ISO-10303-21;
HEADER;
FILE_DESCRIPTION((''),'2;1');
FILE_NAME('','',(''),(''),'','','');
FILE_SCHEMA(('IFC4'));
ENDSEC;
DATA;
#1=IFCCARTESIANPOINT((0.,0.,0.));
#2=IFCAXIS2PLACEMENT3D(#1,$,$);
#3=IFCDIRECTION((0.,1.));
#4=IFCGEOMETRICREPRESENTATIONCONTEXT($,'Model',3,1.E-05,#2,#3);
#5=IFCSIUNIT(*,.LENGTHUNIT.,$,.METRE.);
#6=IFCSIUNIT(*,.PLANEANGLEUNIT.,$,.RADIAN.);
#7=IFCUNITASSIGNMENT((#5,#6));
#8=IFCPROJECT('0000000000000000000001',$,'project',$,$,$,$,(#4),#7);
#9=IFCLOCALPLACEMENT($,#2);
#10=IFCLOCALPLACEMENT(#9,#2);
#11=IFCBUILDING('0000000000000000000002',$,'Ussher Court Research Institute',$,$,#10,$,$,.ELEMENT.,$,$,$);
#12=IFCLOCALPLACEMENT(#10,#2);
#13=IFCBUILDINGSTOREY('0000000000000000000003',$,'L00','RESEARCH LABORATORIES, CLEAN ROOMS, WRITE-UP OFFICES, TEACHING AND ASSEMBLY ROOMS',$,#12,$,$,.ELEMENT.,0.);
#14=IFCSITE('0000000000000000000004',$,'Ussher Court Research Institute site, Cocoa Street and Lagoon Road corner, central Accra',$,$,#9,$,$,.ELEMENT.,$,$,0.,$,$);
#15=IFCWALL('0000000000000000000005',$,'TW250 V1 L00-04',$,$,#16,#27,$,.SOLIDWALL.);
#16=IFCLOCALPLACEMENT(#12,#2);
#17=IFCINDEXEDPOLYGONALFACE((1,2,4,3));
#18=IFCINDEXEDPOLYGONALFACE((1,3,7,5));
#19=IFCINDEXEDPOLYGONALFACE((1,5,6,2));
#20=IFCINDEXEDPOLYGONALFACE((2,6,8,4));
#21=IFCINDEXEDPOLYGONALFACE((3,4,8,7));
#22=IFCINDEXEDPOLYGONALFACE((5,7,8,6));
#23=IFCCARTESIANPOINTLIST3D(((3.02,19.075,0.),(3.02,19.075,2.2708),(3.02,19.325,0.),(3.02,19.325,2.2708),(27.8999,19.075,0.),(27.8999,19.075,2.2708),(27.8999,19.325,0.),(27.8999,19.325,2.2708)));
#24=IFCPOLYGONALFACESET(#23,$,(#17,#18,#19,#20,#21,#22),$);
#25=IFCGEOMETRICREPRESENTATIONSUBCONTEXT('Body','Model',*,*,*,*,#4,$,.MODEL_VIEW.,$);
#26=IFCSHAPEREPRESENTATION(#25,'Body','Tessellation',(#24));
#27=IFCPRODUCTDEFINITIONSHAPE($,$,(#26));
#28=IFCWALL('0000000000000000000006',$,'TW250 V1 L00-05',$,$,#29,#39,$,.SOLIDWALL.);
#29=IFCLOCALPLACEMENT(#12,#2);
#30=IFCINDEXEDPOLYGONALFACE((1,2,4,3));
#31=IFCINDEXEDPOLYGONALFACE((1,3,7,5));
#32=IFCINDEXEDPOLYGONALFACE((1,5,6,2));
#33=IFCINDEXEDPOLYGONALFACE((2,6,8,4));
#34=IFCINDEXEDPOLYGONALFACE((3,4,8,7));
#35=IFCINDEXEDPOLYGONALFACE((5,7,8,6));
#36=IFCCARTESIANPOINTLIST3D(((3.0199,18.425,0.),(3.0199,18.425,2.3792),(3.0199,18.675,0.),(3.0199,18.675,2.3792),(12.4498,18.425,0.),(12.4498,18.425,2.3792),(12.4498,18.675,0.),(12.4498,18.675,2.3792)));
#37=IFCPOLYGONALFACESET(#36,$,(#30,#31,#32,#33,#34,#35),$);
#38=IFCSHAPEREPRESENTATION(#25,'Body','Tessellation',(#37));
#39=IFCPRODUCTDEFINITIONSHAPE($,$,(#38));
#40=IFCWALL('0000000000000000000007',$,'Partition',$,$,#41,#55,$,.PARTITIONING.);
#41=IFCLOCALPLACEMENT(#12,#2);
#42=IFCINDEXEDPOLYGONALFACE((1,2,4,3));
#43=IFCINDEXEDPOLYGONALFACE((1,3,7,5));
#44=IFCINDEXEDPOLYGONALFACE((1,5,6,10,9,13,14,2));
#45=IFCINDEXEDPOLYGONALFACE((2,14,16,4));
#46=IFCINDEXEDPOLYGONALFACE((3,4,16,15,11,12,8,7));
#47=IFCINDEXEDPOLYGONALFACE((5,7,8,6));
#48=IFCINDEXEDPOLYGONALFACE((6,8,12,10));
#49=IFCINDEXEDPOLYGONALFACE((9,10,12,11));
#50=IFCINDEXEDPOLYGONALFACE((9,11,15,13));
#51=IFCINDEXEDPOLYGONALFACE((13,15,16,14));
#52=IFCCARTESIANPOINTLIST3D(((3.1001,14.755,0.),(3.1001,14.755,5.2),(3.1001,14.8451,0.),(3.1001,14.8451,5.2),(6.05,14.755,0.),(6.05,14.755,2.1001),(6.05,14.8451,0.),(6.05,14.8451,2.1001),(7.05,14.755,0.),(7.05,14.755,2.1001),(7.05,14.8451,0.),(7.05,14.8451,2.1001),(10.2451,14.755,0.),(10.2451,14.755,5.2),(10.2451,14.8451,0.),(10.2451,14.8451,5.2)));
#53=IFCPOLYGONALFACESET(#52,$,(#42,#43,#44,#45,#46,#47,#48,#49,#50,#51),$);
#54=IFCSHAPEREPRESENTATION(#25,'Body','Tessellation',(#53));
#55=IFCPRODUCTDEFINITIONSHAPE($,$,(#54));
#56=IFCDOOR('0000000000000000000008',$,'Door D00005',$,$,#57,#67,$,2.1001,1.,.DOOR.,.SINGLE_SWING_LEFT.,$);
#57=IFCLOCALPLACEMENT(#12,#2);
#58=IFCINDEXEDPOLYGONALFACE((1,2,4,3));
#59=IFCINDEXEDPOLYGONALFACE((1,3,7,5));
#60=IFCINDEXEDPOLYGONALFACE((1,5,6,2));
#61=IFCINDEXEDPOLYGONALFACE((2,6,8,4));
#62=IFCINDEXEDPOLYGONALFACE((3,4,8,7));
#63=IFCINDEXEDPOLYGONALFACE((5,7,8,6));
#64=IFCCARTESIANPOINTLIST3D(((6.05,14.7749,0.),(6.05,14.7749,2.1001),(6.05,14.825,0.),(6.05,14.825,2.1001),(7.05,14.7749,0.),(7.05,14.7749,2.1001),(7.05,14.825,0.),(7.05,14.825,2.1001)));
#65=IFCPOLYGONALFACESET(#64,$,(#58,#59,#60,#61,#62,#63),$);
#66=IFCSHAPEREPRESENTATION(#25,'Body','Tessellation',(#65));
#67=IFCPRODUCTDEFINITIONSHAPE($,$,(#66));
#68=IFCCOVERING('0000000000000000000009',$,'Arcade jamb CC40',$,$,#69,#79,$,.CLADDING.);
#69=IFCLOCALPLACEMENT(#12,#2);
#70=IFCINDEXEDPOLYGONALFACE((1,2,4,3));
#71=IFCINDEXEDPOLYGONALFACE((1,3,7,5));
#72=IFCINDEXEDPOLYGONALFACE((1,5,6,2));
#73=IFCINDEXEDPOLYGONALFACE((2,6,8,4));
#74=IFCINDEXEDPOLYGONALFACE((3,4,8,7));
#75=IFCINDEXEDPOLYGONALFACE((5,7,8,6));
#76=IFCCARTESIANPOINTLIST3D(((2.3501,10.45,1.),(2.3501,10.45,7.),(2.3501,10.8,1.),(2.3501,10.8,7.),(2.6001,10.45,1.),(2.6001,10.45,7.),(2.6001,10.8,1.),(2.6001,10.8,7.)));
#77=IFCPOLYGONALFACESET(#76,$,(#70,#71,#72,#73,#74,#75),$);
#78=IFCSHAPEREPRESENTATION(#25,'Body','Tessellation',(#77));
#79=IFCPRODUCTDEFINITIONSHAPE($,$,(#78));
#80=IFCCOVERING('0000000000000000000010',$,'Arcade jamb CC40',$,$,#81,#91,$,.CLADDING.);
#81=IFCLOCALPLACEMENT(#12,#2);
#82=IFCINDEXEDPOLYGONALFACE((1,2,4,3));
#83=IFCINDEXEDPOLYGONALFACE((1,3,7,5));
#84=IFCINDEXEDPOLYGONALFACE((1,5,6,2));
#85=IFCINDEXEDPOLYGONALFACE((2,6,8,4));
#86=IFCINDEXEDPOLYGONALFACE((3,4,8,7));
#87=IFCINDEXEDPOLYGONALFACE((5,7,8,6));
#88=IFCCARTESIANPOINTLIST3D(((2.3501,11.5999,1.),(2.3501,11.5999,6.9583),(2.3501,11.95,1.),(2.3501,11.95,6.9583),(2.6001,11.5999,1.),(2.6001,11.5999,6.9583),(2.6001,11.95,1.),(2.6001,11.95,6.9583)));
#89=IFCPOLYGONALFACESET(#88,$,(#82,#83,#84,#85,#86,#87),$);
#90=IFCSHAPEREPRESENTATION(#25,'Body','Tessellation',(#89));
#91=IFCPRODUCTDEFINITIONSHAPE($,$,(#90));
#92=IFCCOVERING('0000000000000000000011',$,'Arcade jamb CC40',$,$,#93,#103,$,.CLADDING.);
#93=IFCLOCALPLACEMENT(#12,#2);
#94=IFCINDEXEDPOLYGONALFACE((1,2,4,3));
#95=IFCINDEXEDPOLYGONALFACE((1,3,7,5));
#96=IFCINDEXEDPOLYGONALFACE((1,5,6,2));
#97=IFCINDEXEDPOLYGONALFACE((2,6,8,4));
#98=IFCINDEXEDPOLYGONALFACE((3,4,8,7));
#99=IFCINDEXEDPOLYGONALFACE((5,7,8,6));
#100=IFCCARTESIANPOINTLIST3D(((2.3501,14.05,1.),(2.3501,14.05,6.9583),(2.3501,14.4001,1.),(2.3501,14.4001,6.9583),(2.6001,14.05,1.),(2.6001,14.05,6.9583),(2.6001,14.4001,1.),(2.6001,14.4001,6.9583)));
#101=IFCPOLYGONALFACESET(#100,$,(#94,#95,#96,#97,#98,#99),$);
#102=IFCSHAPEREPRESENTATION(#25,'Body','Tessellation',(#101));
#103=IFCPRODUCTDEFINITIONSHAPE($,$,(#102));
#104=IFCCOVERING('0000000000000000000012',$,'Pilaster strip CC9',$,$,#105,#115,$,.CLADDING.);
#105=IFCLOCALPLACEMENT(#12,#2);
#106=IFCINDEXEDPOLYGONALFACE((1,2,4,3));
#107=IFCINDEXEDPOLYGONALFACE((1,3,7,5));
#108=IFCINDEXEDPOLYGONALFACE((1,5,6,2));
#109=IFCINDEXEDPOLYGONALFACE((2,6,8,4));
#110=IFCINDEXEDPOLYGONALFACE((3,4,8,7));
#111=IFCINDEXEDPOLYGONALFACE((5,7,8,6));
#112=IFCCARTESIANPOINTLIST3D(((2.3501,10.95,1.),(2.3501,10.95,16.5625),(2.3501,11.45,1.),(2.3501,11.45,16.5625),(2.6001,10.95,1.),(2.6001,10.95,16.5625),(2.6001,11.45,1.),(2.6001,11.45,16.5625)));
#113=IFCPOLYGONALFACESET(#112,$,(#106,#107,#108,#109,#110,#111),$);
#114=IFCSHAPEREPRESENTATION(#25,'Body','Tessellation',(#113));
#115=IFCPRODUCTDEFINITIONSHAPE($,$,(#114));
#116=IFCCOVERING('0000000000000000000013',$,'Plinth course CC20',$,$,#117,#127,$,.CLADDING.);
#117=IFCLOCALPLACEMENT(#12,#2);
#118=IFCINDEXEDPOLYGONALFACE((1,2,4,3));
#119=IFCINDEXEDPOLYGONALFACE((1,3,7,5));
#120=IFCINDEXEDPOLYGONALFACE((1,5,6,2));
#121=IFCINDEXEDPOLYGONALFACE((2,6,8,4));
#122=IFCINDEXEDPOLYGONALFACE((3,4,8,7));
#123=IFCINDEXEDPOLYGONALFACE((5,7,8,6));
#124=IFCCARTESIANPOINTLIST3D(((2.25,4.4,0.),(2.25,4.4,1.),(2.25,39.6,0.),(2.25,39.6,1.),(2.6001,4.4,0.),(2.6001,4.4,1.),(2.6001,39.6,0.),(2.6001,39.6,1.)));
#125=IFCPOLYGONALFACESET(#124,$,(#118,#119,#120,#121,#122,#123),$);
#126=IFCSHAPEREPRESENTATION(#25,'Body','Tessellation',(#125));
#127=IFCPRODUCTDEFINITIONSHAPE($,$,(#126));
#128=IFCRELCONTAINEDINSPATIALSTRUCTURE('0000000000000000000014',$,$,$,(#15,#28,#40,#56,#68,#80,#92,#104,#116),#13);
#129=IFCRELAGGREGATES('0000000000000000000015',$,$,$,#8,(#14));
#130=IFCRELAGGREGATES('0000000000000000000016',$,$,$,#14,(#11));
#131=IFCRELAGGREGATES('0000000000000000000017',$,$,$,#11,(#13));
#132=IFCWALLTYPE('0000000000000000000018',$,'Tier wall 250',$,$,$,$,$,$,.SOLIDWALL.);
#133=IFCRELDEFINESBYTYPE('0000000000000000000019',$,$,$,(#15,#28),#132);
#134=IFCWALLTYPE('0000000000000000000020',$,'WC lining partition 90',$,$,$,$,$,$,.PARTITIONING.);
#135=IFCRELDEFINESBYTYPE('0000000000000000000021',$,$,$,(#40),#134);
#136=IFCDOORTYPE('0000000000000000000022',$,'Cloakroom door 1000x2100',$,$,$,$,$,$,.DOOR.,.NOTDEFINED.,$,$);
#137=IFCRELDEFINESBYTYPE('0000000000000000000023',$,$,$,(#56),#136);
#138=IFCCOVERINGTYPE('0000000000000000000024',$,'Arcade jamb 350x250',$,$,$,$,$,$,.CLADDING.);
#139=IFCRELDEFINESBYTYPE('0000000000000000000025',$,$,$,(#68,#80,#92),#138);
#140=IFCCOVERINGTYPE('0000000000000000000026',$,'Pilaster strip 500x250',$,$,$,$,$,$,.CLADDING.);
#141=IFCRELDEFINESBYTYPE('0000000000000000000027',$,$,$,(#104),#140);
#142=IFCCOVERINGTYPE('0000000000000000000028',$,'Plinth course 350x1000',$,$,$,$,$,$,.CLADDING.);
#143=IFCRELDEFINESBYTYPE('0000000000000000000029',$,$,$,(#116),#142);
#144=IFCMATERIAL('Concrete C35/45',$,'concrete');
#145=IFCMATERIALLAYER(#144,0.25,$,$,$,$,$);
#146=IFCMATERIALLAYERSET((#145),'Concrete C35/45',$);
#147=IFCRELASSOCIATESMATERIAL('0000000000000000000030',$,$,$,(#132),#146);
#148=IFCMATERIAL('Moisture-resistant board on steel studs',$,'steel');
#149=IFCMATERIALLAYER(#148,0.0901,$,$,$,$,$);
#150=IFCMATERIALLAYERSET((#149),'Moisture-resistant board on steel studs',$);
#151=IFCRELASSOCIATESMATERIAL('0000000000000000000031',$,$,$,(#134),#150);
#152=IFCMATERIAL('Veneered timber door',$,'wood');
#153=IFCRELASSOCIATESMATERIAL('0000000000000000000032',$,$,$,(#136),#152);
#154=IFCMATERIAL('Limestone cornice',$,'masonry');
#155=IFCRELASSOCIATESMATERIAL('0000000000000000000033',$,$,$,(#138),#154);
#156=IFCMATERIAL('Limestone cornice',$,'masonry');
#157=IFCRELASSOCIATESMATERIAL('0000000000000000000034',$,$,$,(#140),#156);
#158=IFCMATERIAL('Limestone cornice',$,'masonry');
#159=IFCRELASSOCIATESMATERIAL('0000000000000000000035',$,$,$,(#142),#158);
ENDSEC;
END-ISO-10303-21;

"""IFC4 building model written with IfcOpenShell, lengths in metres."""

from ifc_helpers import new_model, si_unit, direction, frame, frame_2d, origin, origin_2d, place, context, subcontext, project, spatial, rectangle, extrude, material, layer, layer_set, type_object, element, fill, save


model = new_model("IFC4")

# Units and contexts
model_context = context("Model", 3, precision=1e-05, world=origin(), true_north=direction((0.0, 1.0)))
body_context = subcontext(model_context, "Body", "Model", "MODEL_VIEW")
ifc_project = project(units=[si_unit("LENGTHUNIT", "METRE"), si_unit("PLANEANGLEUNIT", "RADIAN")], contexts=[model_context])

# Site, building, storey
site_placement = place(None, origin())
site = spatial("IfcSite", under=ifc_project, at=site_placement, Name="Ussher Court Research Institute site, Cocoa Street and Lagoon Road corner, central Accra", CompositionType="ELEMENT", RefElevation=0.0)
building_placement = place(site_placement, origin())
building = spatial("IfcBuilding", under=site, at=building_placement, Name="Ussher Court Research Institute", CompositionType="ELEMENT")
storey_placement = place(building_placement, origin())
storey = spatial("IfcBuildingStorey", under=building, at=storey_placement, Name="L00", Description="RESEARCH LABORATORIES, CLEAN ROOMS, WRITE-UP OFFICES, TEACHING AND ASSEMBLY ROOMS", CompositionType="ELEMENT", Elevation=0.0)

# Walls
ifc_material_1 = material(Name="Concrete C35/45", Category="concrete")
ifc_layer_1 = layer(ifc_material_1, 0.25)
ifc_layer_set_1 = layer_set([ifc_layer_1], Name="Concrete C35/45")
wall_type_1 = type_object("IfcWallType", Name="Tier wall 250", PredefinedType="SOLIDWALL", material=ifc_layer_set_1)
wall_1_placement = place(storey_placement, frame((3.02, 19.2, 0.0), z_axis=(0.0, 0.0, 1.0), x_axis=(1.0, 0.0, 0.0)))
element("IfcWall", 1, at=wall_1_placement, inside=storey, type_object=wall_type_1, Name="TW250 V1 L00-04", PredefinedType="SOLIDWALL", context=body_context, shape_type="SweptSolid", body=[
    extrude(rectangle(XDim=24.8799, YDim=0.25, at=frame_2d((12.4399, 0.0))), origin(), (0.0, 0.0, 1.0), 2.2708),
])
wall_2_placement = place(storey_placement, frame((3.02, 18.55, 0.0), z_axis=(0.0, 0.0, 1.0), x_axis=(1.0, 0.0, 0.0)))
element("IfcWall", 2, at=wall_2_placement, inside=storey, type_object=wall_type_1, Name="TW250 V1 L00-05", PredefinedType="SOLIDWALL", context=body_context, shape_type="SweptSolid", body=[
    extrude(rectangle(XDim=9.4299, YDim=0.25, at=frame_2d((4.7148, 0.0))), origin(), (0.0, 0.0, 1.0), 2.3792),
])

# Wall, opening, door
ifc_material_2 = material(Name="Moisture-resistant board on steel studs", Category="steel")
ifc_layer_2 = layer(ifc_material_2, 0.0901)
ifc_layer_set_2 = layer_set([ifc_layer_2], Name="Moisture-resistant board on steel studs")
wall_type_2 = type_object("IfcWallType", Name="WC lining partition 90", PredefinedType="PARTITIONING", material=ifc_layer_set_2)
wall_3_placement = place(storey_placement, frame((3.1001, 14.8, 0.0), z_axis=(0.0, 0.0, 1.0), x_axis=(1.0, 0.0, 0.0)))
wall_3 = element("IfcWall", 3, at=wall_3_placement, inside=storey, type_object=wall_type_2, Name="Partition", PredefinedType="PARTITIONING", context=body_context, shape_type="SweptSolid", body=[
    extrude(rectangle(XDim=7.145, YDim=0.0901, at=frame_2d((3.5725, 0.0))), origin(), (0.0, 0.0, 1.0), 5.2),
])
opening_1_placement = place(wall_3_placement, frame((2.95, 0.0, 0.0)))
opening_1 = element("IfcOpeningElement", 4, at=opening_1_placement, cuts=wall_3, PredefinedType="OPENING", context=body_context, shape_type="SweptSolid", body=[
    extrude(rectangle(XDim=1.0, YDim=2.1001, at=frame_2d((0.5, 1.05))), frame((0.0, 0.0552, 0.0), z_axis=(0.0, -1.0, 0.0), x_axis=(1.0, 0.0, 0.0)), (0.0, 0.0, 1.0), 0.1101),
])
ifc_material_3 = material(Name="Veneered timber door", Category="wood")
door_type_1 = type_object("IfcDoorType", Name="Cloakroom door 1000x2100", OperationType="NOTDEFINED", PredefinedType="DOOR", material=ifc_material_3)
door_1_placement = place(opening_1_placement, origin())
door_1 = element("IfcDoor", 5, at=door_1_placement, inside=storey, type_object=door_type_1, Name="Door D00005", OperationType="SINGLE_SWING_LEFT", OverallHeight=2.1001, OverallWidth=1.0, PredefinedType="DOOR", context=body_context, shape_type="SweptSolid", body=[
    extrude(rectangle(XDim=1.0, YDim=2.1001, at=frame_2d((0.5, 1.05))), frame((0.0, 0.0249, 0.0), z_axis=(0.0, -1.0, 0.0), x_axis=(1.0, 0.0, 0.0)), (0.0, 0.0, 1.0), 0.05),
])
fill(opening_1, door_1)

# Coverings
ifc_material_4 = material(Name="Limestone cornice", Category="masonry")
covering_type_1 = type_object("IfcCoveringType", Name="Arcade jamb 350x250", PredefinedType="CLADDING", material=ifc_material_4)
covering_1_placement = place(storey_placement, frame((2.4751, 10.625, 1.0), z_axis=(0.0, 0.0, 1.0), x_axis=(1.0, 0.0, 0.0)))
element("IfcCovering", 6, at=covering_1_placement, inside=storey, type_object=covering_type_1, Name="Arcade jamb CC40", PredefinedType="CLADDING", context=body_context, shape_type="SweptSolid", body=[
    extrude(rectangle(XDim=0.25, YDim=0.3501, at=origin_2d()), origin(), (0.0, 0.0, 1.0), 6.0),
])
for number, where, z_axis, x_axis, name in (
    (7, (2.4751, 11.7749, 1.0), (0.0, 0.0, 1.0), (1.0, 0.0, 0.0), "Arcade jamb CC40"),
    (8, (2.4751, 14.2251, 1.0), (0.0, 0.0, 1.0), (1.0, 0.0, 0.0), "Arcade jamb CC40"),
):
    element("IfcCovering", number, at=place(storey_placement, frame(where, z_axis=z_axis, x_axis=x_axis)), inside=storey, type_object=covering_type_1, Name=name, PredefinedType="CLADDING", context=body_context, shape_type="SweptSolid", body=[
        extrude(rectangle(XDim=0.25, YDim=0.3501, at=origin_2d()), origin(), (0.0, 0.0, 1.0), 5.9583),
    ])
ifc_material_5 = material(Name="Limestone cornice", Category="masonry")
covering_type_2 = type_object("IfcCoveringType", Name="Pilaster strip 500x250", PredefinedType="CLADDING", material=ifc_material_5)
covering_2_placement = place(storey_placement, frame((2.4751, 11.2, 1.0), z_axis=(0.0, 0.0, 1.0), x_axis=(1.0, 0.0, 0.0)))
element("IfcCovering", 9, at=covering_2_placement, inside=storey, type_object=covering_type_2, Name="Pilaster strip CC9", PredefinedType="CLADDING", context=body_context, shape_type="SweptSolid", body=[
    extrude(rectangle(XDim=0.25, YDim=0.5, at=origin_2d()), origin(), (0.0, 0.0, 1.0), 15.5625),
])
ifc_material_6 = material(Name="Limestone cornice", Category="masonry")
covering_type_3 = type_object("IfcCoveringType", Name="Plinth course 350x1000", PredefinedType="CLADDING", material=ifc_material_6)
covering_3_placement = place(storey_placement, frame((2.425, 22.0, 0.0), z_axis=(0.0, 0.0, 1.0), x_axis=(1.0, 0.0, 0.0)))
element("IfcCovering", 10, at=covering_3_placement, inside=storey, type_object=covering_type_3, Name="Plinth course CC20", PredefinedType="CLADDING", context=body_context, shape_type="SweptSolid", body=[
    extrude(rectangle(XDim=0.3501, YDim=35.2, at=origin_2d()), origin(), (0.0, 0.0, 1.0), 1.0),
])

save(model, "model.ifc")
